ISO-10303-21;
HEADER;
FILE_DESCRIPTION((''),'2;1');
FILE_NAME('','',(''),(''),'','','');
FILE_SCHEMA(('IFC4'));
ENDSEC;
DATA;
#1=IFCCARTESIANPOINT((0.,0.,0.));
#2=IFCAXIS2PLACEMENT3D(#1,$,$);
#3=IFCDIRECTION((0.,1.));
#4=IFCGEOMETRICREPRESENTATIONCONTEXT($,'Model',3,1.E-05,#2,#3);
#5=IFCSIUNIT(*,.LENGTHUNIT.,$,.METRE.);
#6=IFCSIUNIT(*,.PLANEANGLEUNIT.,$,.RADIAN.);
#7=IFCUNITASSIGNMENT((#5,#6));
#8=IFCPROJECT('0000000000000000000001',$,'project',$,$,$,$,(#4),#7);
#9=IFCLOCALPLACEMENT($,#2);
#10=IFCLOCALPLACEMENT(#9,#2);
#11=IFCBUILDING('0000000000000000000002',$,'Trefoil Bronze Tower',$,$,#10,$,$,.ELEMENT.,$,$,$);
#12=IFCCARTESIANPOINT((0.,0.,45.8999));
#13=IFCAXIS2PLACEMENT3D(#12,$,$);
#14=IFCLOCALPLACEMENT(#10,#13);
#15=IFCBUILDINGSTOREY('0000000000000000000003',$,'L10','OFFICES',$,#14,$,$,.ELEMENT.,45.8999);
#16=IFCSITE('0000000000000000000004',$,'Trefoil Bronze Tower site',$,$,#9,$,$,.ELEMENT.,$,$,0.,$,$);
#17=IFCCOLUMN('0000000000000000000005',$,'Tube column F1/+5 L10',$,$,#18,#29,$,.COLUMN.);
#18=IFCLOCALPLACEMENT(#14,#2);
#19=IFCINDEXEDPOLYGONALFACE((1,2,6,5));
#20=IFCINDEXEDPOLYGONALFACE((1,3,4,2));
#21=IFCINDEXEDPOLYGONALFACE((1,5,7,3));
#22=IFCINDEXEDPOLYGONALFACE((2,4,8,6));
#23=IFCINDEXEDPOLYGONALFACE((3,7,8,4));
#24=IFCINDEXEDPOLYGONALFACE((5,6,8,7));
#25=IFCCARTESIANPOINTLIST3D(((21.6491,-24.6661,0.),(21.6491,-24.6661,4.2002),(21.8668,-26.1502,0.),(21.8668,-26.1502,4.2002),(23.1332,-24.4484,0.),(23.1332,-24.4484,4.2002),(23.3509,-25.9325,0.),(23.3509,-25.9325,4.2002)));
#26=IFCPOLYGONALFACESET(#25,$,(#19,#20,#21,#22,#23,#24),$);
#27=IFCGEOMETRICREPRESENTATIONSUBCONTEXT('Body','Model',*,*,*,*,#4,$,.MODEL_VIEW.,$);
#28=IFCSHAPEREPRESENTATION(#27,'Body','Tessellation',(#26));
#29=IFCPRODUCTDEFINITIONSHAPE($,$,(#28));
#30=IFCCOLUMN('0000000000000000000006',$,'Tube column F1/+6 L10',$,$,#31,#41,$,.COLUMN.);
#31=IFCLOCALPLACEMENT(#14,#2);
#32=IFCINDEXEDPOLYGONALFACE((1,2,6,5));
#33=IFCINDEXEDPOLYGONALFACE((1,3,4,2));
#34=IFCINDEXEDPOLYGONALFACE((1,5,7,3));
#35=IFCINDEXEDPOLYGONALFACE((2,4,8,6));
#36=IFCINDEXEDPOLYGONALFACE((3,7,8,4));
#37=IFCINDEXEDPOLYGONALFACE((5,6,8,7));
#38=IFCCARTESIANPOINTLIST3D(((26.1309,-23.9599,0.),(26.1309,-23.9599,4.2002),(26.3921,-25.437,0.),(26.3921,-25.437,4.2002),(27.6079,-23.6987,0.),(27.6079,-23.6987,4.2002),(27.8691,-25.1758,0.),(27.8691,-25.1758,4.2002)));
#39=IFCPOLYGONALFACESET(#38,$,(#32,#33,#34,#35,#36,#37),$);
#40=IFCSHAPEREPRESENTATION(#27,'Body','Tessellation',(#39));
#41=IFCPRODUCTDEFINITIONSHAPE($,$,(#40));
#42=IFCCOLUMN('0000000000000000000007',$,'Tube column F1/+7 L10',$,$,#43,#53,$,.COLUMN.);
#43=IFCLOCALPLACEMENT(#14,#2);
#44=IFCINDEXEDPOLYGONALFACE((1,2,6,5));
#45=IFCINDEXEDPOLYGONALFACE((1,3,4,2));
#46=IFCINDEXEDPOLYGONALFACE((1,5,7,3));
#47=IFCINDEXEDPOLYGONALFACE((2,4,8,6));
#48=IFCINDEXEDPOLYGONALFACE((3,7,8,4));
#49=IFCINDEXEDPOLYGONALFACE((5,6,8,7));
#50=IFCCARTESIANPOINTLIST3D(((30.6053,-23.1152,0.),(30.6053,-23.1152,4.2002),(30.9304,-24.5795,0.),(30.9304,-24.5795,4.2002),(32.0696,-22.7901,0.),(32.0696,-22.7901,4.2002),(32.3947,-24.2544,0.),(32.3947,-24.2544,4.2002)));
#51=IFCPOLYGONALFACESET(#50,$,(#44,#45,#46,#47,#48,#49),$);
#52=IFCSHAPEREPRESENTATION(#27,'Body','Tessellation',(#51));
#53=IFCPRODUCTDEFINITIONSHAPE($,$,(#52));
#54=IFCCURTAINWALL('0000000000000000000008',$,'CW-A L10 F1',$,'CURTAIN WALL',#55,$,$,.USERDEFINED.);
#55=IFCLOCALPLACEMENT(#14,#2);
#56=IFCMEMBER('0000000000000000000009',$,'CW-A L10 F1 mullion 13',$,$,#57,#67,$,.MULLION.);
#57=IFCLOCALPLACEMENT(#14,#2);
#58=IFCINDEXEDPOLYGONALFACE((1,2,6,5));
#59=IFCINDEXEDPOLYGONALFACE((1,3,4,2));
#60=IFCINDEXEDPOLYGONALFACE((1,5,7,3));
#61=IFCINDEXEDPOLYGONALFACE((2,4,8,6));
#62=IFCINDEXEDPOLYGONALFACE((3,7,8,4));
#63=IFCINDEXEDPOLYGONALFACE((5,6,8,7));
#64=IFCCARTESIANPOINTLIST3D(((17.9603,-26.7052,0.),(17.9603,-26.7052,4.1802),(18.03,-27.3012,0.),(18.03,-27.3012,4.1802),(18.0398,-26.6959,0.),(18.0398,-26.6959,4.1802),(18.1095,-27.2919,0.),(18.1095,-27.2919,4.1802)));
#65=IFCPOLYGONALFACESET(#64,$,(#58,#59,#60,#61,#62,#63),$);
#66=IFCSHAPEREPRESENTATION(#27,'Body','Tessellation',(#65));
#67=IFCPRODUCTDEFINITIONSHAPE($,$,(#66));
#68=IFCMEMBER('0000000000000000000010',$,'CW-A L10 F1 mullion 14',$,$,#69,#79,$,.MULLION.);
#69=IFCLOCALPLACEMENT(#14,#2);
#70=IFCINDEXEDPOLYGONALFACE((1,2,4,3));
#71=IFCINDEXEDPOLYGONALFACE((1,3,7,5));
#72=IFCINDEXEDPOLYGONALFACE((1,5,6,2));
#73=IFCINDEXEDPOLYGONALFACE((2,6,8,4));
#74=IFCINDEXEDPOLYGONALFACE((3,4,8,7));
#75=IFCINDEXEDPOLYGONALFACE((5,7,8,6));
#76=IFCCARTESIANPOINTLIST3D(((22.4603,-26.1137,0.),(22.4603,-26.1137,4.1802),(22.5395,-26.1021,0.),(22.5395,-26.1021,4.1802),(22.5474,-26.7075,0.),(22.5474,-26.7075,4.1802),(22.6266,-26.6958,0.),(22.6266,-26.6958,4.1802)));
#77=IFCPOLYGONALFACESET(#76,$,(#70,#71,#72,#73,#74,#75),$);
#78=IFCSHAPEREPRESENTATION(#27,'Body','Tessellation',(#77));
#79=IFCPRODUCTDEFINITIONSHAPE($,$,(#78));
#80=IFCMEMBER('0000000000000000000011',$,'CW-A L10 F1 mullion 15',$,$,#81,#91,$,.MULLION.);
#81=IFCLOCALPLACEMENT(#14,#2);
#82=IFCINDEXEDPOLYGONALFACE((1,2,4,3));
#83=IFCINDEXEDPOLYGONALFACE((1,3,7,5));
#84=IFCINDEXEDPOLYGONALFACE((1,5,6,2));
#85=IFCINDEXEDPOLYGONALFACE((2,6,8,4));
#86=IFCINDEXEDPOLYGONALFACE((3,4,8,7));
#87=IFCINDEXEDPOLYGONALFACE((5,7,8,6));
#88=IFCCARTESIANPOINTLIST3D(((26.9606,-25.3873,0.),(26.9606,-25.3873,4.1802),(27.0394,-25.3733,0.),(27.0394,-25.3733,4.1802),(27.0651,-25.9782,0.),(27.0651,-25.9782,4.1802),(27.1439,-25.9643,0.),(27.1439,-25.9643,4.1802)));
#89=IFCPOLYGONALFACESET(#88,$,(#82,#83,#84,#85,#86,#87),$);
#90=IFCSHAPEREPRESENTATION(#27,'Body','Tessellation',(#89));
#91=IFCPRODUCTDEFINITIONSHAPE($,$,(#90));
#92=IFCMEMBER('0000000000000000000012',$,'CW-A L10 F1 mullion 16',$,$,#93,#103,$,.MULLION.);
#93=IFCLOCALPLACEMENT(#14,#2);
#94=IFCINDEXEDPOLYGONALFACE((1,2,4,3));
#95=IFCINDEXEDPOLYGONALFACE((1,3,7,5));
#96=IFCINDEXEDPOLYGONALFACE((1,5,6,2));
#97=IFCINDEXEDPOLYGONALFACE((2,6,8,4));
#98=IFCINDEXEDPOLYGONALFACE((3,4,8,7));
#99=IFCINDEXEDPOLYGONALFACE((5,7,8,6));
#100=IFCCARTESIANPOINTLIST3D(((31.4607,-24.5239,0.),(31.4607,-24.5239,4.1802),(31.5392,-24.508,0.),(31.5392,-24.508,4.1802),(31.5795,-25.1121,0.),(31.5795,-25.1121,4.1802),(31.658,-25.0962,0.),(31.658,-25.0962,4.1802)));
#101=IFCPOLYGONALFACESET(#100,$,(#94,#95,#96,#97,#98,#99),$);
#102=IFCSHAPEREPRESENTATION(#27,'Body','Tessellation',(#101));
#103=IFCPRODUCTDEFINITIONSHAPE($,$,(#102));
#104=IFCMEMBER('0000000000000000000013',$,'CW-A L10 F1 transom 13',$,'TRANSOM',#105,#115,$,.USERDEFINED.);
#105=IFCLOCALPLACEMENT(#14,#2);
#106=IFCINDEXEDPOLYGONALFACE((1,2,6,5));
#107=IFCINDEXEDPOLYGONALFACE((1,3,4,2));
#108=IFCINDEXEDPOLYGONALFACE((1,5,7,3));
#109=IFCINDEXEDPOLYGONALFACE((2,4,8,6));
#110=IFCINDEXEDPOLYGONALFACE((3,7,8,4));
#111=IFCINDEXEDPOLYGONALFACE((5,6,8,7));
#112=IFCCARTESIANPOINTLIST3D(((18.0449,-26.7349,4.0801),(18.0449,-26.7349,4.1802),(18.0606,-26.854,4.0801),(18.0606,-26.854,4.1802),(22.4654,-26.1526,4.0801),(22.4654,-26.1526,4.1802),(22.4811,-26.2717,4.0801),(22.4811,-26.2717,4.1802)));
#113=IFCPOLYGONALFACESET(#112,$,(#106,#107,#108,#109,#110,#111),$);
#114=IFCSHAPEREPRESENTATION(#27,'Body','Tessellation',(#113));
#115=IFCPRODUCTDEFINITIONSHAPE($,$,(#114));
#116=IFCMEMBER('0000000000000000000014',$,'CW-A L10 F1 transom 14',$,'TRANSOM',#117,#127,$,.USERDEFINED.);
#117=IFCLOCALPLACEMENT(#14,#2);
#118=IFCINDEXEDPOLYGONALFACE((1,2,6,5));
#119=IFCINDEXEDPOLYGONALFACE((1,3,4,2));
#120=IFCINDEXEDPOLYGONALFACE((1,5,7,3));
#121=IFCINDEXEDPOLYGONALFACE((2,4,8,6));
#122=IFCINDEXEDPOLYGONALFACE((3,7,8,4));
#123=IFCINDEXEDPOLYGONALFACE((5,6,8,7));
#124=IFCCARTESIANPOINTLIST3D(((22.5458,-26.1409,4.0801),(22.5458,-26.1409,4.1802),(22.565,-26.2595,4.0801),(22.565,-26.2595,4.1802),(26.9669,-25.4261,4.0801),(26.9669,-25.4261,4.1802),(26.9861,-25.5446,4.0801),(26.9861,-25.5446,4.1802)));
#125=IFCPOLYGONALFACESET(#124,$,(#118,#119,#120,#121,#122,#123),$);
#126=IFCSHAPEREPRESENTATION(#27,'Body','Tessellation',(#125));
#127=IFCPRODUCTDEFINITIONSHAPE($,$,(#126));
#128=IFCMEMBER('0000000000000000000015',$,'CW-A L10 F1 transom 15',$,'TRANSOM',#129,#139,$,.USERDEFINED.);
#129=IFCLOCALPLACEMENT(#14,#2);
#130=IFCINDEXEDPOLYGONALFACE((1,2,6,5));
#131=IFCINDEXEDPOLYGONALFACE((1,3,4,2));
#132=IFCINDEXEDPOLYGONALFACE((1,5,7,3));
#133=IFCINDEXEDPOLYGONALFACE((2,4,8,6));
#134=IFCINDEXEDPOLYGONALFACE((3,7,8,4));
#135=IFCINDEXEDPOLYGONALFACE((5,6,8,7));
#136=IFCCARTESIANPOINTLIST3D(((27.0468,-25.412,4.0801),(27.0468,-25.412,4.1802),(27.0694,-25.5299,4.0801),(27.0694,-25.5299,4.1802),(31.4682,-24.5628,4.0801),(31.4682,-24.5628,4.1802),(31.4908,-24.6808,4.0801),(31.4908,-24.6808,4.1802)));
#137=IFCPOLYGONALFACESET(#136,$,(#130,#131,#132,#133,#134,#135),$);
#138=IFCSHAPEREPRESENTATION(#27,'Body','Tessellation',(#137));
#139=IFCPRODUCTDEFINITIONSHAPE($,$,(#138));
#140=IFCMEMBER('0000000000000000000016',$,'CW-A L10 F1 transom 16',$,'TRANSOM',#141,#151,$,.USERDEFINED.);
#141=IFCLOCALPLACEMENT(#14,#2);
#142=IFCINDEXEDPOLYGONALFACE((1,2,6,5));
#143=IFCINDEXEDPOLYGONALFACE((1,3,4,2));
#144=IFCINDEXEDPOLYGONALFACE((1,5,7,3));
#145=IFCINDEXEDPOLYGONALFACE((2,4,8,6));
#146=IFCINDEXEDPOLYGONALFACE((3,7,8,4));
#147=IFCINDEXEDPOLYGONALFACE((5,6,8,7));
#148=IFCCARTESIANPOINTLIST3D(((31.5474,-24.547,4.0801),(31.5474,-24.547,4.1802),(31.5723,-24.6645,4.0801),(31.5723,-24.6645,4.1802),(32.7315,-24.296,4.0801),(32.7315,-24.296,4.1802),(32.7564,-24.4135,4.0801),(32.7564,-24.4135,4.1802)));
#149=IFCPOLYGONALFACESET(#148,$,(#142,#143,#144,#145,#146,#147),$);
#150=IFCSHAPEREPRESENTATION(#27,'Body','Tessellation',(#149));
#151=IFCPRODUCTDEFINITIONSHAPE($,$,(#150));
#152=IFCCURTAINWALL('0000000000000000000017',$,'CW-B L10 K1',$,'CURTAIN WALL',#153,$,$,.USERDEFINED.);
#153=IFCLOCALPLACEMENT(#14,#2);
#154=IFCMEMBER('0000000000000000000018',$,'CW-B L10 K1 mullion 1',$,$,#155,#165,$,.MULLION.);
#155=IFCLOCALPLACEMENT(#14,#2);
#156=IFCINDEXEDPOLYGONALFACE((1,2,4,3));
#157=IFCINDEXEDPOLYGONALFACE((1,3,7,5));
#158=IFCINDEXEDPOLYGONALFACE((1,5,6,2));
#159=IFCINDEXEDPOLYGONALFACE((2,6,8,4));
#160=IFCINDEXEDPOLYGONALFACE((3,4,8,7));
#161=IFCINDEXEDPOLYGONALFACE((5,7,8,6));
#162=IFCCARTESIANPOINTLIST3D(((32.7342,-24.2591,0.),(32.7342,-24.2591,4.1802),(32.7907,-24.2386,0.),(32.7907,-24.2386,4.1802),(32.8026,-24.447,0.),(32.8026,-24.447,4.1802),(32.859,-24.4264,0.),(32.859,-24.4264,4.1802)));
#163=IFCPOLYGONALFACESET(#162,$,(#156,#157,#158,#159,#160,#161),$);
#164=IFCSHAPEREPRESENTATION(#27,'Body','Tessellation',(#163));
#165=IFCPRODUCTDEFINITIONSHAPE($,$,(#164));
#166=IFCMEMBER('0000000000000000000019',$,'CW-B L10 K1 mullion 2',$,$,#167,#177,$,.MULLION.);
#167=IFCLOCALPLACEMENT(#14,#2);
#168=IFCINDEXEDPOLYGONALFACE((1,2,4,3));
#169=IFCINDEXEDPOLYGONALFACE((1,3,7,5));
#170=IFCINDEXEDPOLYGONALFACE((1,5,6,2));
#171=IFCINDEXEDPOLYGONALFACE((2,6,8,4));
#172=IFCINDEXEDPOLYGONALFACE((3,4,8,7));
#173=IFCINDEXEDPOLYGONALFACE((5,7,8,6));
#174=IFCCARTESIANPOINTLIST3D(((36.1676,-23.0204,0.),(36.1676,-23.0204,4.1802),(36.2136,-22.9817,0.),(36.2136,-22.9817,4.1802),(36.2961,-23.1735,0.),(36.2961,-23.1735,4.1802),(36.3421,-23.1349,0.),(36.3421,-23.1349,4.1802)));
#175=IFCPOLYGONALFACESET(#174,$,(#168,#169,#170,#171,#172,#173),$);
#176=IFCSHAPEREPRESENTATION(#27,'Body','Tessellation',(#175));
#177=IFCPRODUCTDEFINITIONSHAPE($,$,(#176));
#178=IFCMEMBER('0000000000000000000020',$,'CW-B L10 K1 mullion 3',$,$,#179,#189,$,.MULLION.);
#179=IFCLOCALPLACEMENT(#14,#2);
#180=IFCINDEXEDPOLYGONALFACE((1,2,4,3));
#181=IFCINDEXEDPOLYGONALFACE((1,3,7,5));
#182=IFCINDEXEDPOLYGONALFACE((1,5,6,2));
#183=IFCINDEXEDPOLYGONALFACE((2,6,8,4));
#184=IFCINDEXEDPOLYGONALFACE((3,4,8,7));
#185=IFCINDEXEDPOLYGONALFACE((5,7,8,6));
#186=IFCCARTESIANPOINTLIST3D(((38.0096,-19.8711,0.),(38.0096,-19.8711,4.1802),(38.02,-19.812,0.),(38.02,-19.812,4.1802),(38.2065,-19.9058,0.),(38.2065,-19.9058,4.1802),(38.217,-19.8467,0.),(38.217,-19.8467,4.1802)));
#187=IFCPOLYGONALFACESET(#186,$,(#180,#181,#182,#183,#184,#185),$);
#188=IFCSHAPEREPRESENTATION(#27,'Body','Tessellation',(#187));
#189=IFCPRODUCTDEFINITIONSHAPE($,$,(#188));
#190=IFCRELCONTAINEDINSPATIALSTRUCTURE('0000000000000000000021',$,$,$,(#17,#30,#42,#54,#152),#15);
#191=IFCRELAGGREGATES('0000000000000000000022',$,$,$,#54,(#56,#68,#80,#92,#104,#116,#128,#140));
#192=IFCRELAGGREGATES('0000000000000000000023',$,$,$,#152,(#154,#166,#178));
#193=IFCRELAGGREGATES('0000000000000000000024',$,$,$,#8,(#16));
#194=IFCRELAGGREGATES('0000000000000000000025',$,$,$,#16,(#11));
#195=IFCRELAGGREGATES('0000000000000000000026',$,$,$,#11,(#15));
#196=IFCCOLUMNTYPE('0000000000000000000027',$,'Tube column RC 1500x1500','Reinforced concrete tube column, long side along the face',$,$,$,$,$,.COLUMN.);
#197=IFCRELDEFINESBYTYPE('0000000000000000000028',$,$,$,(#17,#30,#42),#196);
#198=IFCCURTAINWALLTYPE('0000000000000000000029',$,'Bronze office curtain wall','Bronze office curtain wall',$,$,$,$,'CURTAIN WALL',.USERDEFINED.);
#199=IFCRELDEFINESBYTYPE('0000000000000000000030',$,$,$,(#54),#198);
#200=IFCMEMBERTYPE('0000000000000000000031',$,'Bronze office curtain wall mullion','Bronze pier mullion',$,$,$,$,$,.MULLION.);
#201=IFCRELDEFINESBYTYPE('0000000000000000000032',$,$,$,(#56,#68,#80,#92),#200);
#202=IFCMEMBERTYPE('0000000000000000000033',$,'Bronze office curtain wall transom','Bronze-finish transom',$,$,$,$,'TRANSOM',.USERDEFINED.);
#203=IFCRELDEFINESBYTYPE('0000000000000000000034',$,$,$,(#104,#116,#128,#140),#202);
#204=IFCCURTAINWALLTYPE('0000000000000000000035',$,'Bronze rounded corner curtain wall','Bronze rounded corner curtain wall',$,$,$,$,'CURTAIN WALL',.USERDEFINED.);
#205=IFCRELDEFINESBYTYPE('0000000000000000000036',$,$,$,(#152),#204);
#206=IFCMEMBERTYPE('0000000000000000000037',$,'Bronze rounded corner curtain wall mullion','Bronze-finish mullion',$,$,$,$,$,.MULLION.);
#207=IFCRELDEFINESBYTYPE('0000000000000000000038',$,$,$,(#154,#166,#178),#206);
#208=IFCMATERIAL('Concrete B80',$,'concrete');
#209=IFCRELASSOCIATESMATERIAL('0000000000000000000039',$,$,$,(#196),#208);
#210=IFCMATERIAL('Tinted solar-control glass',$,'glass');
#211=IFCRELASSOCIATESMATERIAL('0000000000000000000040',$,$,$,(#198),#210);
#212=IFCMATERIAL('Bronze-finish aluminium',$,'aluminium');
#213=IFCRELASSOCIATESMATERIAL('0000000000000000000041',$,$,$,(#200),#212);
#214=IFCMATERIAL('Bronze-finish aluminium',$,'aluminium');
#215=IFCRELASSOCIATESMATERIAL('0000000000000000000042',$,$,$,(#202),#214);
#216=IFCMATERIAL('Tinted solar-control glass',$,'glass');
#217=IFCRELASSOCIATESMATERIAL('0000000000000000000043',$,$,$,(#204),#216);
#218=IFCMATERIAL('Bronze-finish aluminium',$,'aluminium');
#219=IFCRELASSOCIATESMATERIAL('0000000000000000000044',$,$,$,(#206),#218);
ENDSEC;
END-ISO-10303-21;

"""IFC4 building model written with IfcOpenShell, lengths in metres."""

from ifc_helpers import new_model, si_unit, direction, frame, origin, origin_2d, place, context, subcontext, project, spatial, rectangle, extrude, material, material_profile, profile_set, type_object, element, aggregate, save


model = new_model("IFC4")

# Units and contexts
model_context = context("Model", 3, precision=1e-05, world=origin(), true_north=direction((0.0, 1.0)))
body_context = subcontext(model_context, "Body", "Model", "MODEL_VIEW")
ifc_project = project(units=[si_unit("LENGTHUNIT", "METRE"), si_unit("PLANEANGLEUNIT", "RADIAN")], contexts=[model_context])

# Site, building, storey
site_placement = place(None, origin())
site = spatial("IfcSite", under=ifc_project, at=site_placement, Name="Trefoil Bronze Tower site", CompositionType="ELEMENT", RefElevation=0.0)
building_placement = place(site_placement, origin())
building = spatial("IfcBuilding", under=site, at=building_placement, Name="Trefoil Bronze Tower", CompositionType="ELEMENT")
storey_placement = place(building_placement, frame((0.0, 0.0, 45.8999)))
storey = spatial("IfcBuildingStorey", under=building, at=storey_placement, Name="L10", Description="OFFICES", CompositionType="ELEMENT", Elevation=45.8999)

# Columns
ifc_material_1 = material(Name="Concrete B80", Category="concrete")
ifc_material_profile_1 = material_profile(ifc_material_1, rectangle(XDim=1.5, YDim=1.5, at=origin_2d()), Name="RC 1500x1500")
ifc_profile_set_1 = profile_set([ifc_material_profile_1], Name="Concrete B80")
column_type = type_object("IfcColumnType", Name="Tube column RC 1500x1500", Description="Reinforced concrete tube column, long side along the face", PredefinedType="COLUMN", material=ifc_profile_set_1)
for number, where, z_axis, x_axis, name in (
    (1, (22.5, -25.2993, 0.0), (0.0, 0.0, 1.0), (0.989416, 0.145109, 0.0), "Tube column F1/+5 L10"),
    (2, (27.0, -24.5679, 0.0), (0.0, 0.0, 1.0), (0.984722, 0.174131, 0.0), "Tube column F1/+6 L10"),
    (3, (31.5, -23.6848, 0.0), (0.0, 0.0, 1.0), (0.97623, 0.216739, 0.0), "Tube column F1/+7 L10"),
):
    element("IfcColumn", number, at=place(storey_placement, frame(where, z_axis=z_axis, x_axis=x_axis)), inside=storey, type_object=column_type, Name=name, PredefinedType="COLUMN", context=body_context, shape_type="SweptSolid", body=[
        extrude(rectangle(XDim=1.5, YDim=1.5, at=origin_2d()), origin(), (0.0, 0.0, 1.0), 4.2002),
    ])

# Curtain walls, members
ifc_material_2 = material(Name="Tinted solar-control glass", Category="glass")
curtain_wall_type_1 = type_object("IfcCurtainWallType", Name="Bronze office curtain wall", Description="Bronze office curtain wall", ElementType="CURTAIN WALL", PredefinedType="USERDEFINED", material=ifc_material_2)
curtain_wall_1_placement = place(storey_placement, origin())
curtain_wall_1 = element("IfcCurtainWall", 4, at=curtain_wall_1_placement, inside=storey, type_object=curtain_wall_type_1, Name="CW-A L10 F1", ObjectType="CURTAIN WALL", PredefinedType="USERDEFINED")
ifc_material_3 = material(Name="Bronze-finish aluminium", Category="aluminium")
ifc_material_profile_2 = material_profile(ifc_material_3, rectangle(XDim=0.6001, YDim=0.0801, at=origin_2d()), Name="CW-A mullion")
ifc_profile_set_2 = profile_set([ifc_material_profile_2], Name="Bronze-finish aluminium")
member_type_1 = type_object("IfcMemberType", Name="Bronze office curtain wall mullion", Description="Bronze pier mullion", PredefinedType="MULLION", material=ifc_profile_set_2)
member_1_placement = place(storey_placement, frame((18.0349, -26.9985, 0.0), z_axis=(0.0, 0.0, 1.0), x_axis=(-0.116087, 0.993239, 0.0)))
member_1 = element("IfcMember", 5, at=member_1_placement, type_object=member_type_1, Name="CW-A L10 F1 mullion 13", PredefinedType="MULLION", context=body_context, shape_type="SweptSolid", body=[
    extrude(rectangle(XDim=0.6001, YDim=0.0801, at=origin_2d()), origin(), (0.0, 0.0, 1.0), 4.1802),
])
member_2_placement = place(storey_placement, frame((22.5435, -26.4048, 0.0), z_axis=(0.0, 0.0, 1.0), x_axis=(-0.145109, 0.989416, 0.0)))
member_2 = element("IfcMember", 6, at=member_2_placement, type_object=member_type_1, Name="CW-A L10 F1 mullion 14", PredefinedType="MULLION", context=body_context, shape_type="SweptSolid", body=[
    extrude(rectangle(XDim=0.6001, YDim=0.0801, at=origin_2d()), origin(), (0.0, 0.0, 1.0), 4.1802),
])
member_3_placement = place(storey_placement, frame((27.0522, -25.6758, 0.0), z_axis=(0.0, 0.0, 1.0), x_axis=(-0.174131, 0.984722, 0.0)))
member_3 = element("IfcMember", 7, at=member_3_placement, type_object=member_type_1, Name="CW-A L10 F1 mullion 15", PredefinedType="MULLION", context=body_context, shape_type="SweptSolid", body=[
    extrude(rectangle(XDim=0.6001, YDim=0.0801, at=origin_2d()), origin(), (0.0, 0.0, 1.0), 4.1802),
])
member_4_placement = place(storey_placement, frame((31.5593, -24.8101, 0.0), z_axis=(0.0, 0.0, 1.0), x_axis=(-0.19791, 0.98022, 0.0)))
member_4 = element("IfcMember", 8, at=member_4_placement, type_object=member_type_1, Name="CW-A L10 F1 mullion 16", PredefinedType="MULLION", context=body_context, shape_type="SweptSolid", body=[
    extrude(rectangle(XDim=0.6001, YDim=0.0801, at=origin_2d()), origin(), (0.0, 0.0, 1.0), 4.1802),
])
ifc_material_4 = material(Name="Bronze-finish aluminium", Category="aluminium")
ifc_material_profile_3 = material_profile(ifc_material_4, rectangle(XDim=0.1201, YDim=0.1001, at=origin_2d()), Name="CW-A transom")
ifc_profile_set_3 = profile_set([ifc_material_profile_3], Name="Bronze-finish aluminium")
member_type_2 = type_object("IfcMemberType", Name="Bronze office curtain wall transom", Description="Bronze-finish transom", ElementType="TRANSOM", PredefinedType="USERDEFINED", material=ifc_profile_set_3)
member_5_placement = place(storey_placement, frame((18.0527, -26.7944, 4.1301), z_axis=(0.991437, 0.130589, 0.0), x_axis=(-0.130589, 0.991437, 0.0)))
member_5 = element("IfcMember", 9, at=member_5_placement, type_object=member_type_2, Name="CW-A L10 F1 transom 13", ObjectType="TRANSOM", PredefinedType="USERDEFINED", context=body_context, shape_type="SweptSolid", body=[
    extrude(rectangle(XDim=0.1201, YDim=0.1001, at=origin_2d()), origin(), (0.0, 0.0, 1.0), 4.4587),
])
member_6_placement = place(storey_placement, frame((22.5554, -26.2002, 4.1301), z_axis=(0.987179, 0.159615, 0.0), x_axis=(-0.159615, 0.987179, 0.0)))
member_6 = element("IfcMember", 10, at=member_6_placement, type_object=member_type_2, Name="CW-A L10 F1 transom 14", ObjectType="TRANSOM", PredefinedType="USERDEFINED", context=body_context, shape_type="SweptSolid", body=[
    extrude(rectangle(XDim=0.1201, YDim=0.1001, at=origin_2d()), origin(), (0.0, 0.0, 1.0), 4.4785),
])
member_7_placement = place(storey_placement, frame((27.0581, -25.4709, 4.1301), z_axis=(0.982054, 0.188602, 0.0), x_axis=(-0.188602, 0.982054, 0.0)))
member_7 = element("IfcMember", 11, at=member_7_placement, type_object=member_type_2, Name="CW-A L10 F1 transom 15", ObjectType="TRANSOM", PredefinedType="USERDEFINED", context=body_context, shape_type="SweptSolid", body=[
    extrude(rectangle(XDim=0.1201, YDim=0.1001, at=origin_2d()), origin(), (0.0, 0.0, 1.0), 4.5022),
])
member_8_placement = place(storey_placement, frame((31.5598, -24.6057, 4.1301), z_axis=(0.978266, 0.207352, 0.0), x_axis=(-0.207352, 0.978266, 0.0)))
member_8 = element("IfcMember", 12, at=member_8_placement, type_object=member_type_2, Name="CW-A L10 F1 transom 16", ObjectType="TRANSOM", PredefinedType="USERDEFINED", context=body_context, shape_type="SweptSolid", body=[
    extrude(rectangle(XDim=0.1201, YDim=0.1001, at=origin_2d()), origin(), (0.0, 0.0, 1.0), 1.2104),
])
ifc_material_5 = material(Name="Tinted solar-control glass", Category="glass")
curtain_wall_type_2 = type_object("IfcCurtainWallType", Name="Bronze rounded corner curtain wall", Description="Bronze rounded corner curtain wall", ElementType="CURTAIN WALL", PredefinedType="USERDEFINED", material=ifc_material_5)
curtain_wall_2_placement = place(storey_placement, origin())
curtain_wall_2 = element("IfcCurtainWall", 13, at=curtain_wall_2_placement, inside=storey, type_object=curtain_wall_type_2, Name="CW-B L10 K1", ObjectType="CURTAIN WALL", PredefinedType="USERDEFINED")
ifc_material_6 = material(Name="Bronze-finish aluminium", Category="aluminium")
ifc_material_profile_4 = material_profile(ifc_material_6, rectangle(XDim=0.2, YDim=0.0601, at=origin_2d()), Name="CW-B mullion")
ifc_profile_set_4 = profile_set([ifc_material_profile_4], Name="Bronze-finish aluminium")
member_type_3 = type_object("IfcMemberType", Name="Bronze rounded corner curtain wall mullion", Description="Bronze-finish mullion", PredefinedType="MULLION", material=ifc_profile_set_4)
member_9_placement = place(storey_placement, frame((32.7966, -24.3428, 0.0), z_axis=(0.0, 0.0, 1.0), x_axis=(-0.34202, 0.939693, 0.0)))
member_9 = element("IfcMember", 14, at=member_9_placement, type_object=member_type_3, Name="CW-B L10 K1 mullion 1", PredefinedType="MULLION", context=body_context, shape_type="SweptSolid", body=[
    extrude(rectangle(XDim=0.2, YDim=0.0601, at=origin_2d()), origin(), (0.0, 0.0, 1.0), 4.1802),
])
member_10_placement = place(storey_placement, frame((36.2549, -23.0776, 0.0), z_axis=(0.0, 0.0, 1.0), x_axis=(-0.642788, 0.766044, 0.0)))
member_10 = element("IfcMember", 15, at=member_10_placement, type_object=member_type_3, Name="CW-B L10 K1 mullion 2", PredefinedType="MULLION", context=body_context, shape_type="SweptSolid", body=[
    extrude(rectangle(XDim=0.2, YDim=0.0601, at=origin_2d()), origin(), (0.0, 0.0, 1.0), 4.1802),
])
member_11_placement = place(storey_placement, frame((38.1133, -19.8589, 0.0), z_axis=(0.0, 0.0, 1.0), x_axis=(-0.984808, 0.173648, 0.0)))
member_11 = element("IfcMember", 16, at=member_11_placement, type_object=member_type_3, Name="CW-B L10 K1 mullion 3", PredefinedType="MULLION", context=body_context, shape_type="SweptSolid", body=[
    extrude(rectangle(XDim=0.2, YDim=0.0601, at=origin_2d()), origin(), (0.0, 0.0, 1.0), 4.1802),
])

aggregate(curtain_wall_1, [member_1, member_2, member_3, member_4, member_5, member_6, member_7, member_8])
aggregate(curtain_wall_2, [member_9, member_10, member_11])

save(model, "model.ifc")
